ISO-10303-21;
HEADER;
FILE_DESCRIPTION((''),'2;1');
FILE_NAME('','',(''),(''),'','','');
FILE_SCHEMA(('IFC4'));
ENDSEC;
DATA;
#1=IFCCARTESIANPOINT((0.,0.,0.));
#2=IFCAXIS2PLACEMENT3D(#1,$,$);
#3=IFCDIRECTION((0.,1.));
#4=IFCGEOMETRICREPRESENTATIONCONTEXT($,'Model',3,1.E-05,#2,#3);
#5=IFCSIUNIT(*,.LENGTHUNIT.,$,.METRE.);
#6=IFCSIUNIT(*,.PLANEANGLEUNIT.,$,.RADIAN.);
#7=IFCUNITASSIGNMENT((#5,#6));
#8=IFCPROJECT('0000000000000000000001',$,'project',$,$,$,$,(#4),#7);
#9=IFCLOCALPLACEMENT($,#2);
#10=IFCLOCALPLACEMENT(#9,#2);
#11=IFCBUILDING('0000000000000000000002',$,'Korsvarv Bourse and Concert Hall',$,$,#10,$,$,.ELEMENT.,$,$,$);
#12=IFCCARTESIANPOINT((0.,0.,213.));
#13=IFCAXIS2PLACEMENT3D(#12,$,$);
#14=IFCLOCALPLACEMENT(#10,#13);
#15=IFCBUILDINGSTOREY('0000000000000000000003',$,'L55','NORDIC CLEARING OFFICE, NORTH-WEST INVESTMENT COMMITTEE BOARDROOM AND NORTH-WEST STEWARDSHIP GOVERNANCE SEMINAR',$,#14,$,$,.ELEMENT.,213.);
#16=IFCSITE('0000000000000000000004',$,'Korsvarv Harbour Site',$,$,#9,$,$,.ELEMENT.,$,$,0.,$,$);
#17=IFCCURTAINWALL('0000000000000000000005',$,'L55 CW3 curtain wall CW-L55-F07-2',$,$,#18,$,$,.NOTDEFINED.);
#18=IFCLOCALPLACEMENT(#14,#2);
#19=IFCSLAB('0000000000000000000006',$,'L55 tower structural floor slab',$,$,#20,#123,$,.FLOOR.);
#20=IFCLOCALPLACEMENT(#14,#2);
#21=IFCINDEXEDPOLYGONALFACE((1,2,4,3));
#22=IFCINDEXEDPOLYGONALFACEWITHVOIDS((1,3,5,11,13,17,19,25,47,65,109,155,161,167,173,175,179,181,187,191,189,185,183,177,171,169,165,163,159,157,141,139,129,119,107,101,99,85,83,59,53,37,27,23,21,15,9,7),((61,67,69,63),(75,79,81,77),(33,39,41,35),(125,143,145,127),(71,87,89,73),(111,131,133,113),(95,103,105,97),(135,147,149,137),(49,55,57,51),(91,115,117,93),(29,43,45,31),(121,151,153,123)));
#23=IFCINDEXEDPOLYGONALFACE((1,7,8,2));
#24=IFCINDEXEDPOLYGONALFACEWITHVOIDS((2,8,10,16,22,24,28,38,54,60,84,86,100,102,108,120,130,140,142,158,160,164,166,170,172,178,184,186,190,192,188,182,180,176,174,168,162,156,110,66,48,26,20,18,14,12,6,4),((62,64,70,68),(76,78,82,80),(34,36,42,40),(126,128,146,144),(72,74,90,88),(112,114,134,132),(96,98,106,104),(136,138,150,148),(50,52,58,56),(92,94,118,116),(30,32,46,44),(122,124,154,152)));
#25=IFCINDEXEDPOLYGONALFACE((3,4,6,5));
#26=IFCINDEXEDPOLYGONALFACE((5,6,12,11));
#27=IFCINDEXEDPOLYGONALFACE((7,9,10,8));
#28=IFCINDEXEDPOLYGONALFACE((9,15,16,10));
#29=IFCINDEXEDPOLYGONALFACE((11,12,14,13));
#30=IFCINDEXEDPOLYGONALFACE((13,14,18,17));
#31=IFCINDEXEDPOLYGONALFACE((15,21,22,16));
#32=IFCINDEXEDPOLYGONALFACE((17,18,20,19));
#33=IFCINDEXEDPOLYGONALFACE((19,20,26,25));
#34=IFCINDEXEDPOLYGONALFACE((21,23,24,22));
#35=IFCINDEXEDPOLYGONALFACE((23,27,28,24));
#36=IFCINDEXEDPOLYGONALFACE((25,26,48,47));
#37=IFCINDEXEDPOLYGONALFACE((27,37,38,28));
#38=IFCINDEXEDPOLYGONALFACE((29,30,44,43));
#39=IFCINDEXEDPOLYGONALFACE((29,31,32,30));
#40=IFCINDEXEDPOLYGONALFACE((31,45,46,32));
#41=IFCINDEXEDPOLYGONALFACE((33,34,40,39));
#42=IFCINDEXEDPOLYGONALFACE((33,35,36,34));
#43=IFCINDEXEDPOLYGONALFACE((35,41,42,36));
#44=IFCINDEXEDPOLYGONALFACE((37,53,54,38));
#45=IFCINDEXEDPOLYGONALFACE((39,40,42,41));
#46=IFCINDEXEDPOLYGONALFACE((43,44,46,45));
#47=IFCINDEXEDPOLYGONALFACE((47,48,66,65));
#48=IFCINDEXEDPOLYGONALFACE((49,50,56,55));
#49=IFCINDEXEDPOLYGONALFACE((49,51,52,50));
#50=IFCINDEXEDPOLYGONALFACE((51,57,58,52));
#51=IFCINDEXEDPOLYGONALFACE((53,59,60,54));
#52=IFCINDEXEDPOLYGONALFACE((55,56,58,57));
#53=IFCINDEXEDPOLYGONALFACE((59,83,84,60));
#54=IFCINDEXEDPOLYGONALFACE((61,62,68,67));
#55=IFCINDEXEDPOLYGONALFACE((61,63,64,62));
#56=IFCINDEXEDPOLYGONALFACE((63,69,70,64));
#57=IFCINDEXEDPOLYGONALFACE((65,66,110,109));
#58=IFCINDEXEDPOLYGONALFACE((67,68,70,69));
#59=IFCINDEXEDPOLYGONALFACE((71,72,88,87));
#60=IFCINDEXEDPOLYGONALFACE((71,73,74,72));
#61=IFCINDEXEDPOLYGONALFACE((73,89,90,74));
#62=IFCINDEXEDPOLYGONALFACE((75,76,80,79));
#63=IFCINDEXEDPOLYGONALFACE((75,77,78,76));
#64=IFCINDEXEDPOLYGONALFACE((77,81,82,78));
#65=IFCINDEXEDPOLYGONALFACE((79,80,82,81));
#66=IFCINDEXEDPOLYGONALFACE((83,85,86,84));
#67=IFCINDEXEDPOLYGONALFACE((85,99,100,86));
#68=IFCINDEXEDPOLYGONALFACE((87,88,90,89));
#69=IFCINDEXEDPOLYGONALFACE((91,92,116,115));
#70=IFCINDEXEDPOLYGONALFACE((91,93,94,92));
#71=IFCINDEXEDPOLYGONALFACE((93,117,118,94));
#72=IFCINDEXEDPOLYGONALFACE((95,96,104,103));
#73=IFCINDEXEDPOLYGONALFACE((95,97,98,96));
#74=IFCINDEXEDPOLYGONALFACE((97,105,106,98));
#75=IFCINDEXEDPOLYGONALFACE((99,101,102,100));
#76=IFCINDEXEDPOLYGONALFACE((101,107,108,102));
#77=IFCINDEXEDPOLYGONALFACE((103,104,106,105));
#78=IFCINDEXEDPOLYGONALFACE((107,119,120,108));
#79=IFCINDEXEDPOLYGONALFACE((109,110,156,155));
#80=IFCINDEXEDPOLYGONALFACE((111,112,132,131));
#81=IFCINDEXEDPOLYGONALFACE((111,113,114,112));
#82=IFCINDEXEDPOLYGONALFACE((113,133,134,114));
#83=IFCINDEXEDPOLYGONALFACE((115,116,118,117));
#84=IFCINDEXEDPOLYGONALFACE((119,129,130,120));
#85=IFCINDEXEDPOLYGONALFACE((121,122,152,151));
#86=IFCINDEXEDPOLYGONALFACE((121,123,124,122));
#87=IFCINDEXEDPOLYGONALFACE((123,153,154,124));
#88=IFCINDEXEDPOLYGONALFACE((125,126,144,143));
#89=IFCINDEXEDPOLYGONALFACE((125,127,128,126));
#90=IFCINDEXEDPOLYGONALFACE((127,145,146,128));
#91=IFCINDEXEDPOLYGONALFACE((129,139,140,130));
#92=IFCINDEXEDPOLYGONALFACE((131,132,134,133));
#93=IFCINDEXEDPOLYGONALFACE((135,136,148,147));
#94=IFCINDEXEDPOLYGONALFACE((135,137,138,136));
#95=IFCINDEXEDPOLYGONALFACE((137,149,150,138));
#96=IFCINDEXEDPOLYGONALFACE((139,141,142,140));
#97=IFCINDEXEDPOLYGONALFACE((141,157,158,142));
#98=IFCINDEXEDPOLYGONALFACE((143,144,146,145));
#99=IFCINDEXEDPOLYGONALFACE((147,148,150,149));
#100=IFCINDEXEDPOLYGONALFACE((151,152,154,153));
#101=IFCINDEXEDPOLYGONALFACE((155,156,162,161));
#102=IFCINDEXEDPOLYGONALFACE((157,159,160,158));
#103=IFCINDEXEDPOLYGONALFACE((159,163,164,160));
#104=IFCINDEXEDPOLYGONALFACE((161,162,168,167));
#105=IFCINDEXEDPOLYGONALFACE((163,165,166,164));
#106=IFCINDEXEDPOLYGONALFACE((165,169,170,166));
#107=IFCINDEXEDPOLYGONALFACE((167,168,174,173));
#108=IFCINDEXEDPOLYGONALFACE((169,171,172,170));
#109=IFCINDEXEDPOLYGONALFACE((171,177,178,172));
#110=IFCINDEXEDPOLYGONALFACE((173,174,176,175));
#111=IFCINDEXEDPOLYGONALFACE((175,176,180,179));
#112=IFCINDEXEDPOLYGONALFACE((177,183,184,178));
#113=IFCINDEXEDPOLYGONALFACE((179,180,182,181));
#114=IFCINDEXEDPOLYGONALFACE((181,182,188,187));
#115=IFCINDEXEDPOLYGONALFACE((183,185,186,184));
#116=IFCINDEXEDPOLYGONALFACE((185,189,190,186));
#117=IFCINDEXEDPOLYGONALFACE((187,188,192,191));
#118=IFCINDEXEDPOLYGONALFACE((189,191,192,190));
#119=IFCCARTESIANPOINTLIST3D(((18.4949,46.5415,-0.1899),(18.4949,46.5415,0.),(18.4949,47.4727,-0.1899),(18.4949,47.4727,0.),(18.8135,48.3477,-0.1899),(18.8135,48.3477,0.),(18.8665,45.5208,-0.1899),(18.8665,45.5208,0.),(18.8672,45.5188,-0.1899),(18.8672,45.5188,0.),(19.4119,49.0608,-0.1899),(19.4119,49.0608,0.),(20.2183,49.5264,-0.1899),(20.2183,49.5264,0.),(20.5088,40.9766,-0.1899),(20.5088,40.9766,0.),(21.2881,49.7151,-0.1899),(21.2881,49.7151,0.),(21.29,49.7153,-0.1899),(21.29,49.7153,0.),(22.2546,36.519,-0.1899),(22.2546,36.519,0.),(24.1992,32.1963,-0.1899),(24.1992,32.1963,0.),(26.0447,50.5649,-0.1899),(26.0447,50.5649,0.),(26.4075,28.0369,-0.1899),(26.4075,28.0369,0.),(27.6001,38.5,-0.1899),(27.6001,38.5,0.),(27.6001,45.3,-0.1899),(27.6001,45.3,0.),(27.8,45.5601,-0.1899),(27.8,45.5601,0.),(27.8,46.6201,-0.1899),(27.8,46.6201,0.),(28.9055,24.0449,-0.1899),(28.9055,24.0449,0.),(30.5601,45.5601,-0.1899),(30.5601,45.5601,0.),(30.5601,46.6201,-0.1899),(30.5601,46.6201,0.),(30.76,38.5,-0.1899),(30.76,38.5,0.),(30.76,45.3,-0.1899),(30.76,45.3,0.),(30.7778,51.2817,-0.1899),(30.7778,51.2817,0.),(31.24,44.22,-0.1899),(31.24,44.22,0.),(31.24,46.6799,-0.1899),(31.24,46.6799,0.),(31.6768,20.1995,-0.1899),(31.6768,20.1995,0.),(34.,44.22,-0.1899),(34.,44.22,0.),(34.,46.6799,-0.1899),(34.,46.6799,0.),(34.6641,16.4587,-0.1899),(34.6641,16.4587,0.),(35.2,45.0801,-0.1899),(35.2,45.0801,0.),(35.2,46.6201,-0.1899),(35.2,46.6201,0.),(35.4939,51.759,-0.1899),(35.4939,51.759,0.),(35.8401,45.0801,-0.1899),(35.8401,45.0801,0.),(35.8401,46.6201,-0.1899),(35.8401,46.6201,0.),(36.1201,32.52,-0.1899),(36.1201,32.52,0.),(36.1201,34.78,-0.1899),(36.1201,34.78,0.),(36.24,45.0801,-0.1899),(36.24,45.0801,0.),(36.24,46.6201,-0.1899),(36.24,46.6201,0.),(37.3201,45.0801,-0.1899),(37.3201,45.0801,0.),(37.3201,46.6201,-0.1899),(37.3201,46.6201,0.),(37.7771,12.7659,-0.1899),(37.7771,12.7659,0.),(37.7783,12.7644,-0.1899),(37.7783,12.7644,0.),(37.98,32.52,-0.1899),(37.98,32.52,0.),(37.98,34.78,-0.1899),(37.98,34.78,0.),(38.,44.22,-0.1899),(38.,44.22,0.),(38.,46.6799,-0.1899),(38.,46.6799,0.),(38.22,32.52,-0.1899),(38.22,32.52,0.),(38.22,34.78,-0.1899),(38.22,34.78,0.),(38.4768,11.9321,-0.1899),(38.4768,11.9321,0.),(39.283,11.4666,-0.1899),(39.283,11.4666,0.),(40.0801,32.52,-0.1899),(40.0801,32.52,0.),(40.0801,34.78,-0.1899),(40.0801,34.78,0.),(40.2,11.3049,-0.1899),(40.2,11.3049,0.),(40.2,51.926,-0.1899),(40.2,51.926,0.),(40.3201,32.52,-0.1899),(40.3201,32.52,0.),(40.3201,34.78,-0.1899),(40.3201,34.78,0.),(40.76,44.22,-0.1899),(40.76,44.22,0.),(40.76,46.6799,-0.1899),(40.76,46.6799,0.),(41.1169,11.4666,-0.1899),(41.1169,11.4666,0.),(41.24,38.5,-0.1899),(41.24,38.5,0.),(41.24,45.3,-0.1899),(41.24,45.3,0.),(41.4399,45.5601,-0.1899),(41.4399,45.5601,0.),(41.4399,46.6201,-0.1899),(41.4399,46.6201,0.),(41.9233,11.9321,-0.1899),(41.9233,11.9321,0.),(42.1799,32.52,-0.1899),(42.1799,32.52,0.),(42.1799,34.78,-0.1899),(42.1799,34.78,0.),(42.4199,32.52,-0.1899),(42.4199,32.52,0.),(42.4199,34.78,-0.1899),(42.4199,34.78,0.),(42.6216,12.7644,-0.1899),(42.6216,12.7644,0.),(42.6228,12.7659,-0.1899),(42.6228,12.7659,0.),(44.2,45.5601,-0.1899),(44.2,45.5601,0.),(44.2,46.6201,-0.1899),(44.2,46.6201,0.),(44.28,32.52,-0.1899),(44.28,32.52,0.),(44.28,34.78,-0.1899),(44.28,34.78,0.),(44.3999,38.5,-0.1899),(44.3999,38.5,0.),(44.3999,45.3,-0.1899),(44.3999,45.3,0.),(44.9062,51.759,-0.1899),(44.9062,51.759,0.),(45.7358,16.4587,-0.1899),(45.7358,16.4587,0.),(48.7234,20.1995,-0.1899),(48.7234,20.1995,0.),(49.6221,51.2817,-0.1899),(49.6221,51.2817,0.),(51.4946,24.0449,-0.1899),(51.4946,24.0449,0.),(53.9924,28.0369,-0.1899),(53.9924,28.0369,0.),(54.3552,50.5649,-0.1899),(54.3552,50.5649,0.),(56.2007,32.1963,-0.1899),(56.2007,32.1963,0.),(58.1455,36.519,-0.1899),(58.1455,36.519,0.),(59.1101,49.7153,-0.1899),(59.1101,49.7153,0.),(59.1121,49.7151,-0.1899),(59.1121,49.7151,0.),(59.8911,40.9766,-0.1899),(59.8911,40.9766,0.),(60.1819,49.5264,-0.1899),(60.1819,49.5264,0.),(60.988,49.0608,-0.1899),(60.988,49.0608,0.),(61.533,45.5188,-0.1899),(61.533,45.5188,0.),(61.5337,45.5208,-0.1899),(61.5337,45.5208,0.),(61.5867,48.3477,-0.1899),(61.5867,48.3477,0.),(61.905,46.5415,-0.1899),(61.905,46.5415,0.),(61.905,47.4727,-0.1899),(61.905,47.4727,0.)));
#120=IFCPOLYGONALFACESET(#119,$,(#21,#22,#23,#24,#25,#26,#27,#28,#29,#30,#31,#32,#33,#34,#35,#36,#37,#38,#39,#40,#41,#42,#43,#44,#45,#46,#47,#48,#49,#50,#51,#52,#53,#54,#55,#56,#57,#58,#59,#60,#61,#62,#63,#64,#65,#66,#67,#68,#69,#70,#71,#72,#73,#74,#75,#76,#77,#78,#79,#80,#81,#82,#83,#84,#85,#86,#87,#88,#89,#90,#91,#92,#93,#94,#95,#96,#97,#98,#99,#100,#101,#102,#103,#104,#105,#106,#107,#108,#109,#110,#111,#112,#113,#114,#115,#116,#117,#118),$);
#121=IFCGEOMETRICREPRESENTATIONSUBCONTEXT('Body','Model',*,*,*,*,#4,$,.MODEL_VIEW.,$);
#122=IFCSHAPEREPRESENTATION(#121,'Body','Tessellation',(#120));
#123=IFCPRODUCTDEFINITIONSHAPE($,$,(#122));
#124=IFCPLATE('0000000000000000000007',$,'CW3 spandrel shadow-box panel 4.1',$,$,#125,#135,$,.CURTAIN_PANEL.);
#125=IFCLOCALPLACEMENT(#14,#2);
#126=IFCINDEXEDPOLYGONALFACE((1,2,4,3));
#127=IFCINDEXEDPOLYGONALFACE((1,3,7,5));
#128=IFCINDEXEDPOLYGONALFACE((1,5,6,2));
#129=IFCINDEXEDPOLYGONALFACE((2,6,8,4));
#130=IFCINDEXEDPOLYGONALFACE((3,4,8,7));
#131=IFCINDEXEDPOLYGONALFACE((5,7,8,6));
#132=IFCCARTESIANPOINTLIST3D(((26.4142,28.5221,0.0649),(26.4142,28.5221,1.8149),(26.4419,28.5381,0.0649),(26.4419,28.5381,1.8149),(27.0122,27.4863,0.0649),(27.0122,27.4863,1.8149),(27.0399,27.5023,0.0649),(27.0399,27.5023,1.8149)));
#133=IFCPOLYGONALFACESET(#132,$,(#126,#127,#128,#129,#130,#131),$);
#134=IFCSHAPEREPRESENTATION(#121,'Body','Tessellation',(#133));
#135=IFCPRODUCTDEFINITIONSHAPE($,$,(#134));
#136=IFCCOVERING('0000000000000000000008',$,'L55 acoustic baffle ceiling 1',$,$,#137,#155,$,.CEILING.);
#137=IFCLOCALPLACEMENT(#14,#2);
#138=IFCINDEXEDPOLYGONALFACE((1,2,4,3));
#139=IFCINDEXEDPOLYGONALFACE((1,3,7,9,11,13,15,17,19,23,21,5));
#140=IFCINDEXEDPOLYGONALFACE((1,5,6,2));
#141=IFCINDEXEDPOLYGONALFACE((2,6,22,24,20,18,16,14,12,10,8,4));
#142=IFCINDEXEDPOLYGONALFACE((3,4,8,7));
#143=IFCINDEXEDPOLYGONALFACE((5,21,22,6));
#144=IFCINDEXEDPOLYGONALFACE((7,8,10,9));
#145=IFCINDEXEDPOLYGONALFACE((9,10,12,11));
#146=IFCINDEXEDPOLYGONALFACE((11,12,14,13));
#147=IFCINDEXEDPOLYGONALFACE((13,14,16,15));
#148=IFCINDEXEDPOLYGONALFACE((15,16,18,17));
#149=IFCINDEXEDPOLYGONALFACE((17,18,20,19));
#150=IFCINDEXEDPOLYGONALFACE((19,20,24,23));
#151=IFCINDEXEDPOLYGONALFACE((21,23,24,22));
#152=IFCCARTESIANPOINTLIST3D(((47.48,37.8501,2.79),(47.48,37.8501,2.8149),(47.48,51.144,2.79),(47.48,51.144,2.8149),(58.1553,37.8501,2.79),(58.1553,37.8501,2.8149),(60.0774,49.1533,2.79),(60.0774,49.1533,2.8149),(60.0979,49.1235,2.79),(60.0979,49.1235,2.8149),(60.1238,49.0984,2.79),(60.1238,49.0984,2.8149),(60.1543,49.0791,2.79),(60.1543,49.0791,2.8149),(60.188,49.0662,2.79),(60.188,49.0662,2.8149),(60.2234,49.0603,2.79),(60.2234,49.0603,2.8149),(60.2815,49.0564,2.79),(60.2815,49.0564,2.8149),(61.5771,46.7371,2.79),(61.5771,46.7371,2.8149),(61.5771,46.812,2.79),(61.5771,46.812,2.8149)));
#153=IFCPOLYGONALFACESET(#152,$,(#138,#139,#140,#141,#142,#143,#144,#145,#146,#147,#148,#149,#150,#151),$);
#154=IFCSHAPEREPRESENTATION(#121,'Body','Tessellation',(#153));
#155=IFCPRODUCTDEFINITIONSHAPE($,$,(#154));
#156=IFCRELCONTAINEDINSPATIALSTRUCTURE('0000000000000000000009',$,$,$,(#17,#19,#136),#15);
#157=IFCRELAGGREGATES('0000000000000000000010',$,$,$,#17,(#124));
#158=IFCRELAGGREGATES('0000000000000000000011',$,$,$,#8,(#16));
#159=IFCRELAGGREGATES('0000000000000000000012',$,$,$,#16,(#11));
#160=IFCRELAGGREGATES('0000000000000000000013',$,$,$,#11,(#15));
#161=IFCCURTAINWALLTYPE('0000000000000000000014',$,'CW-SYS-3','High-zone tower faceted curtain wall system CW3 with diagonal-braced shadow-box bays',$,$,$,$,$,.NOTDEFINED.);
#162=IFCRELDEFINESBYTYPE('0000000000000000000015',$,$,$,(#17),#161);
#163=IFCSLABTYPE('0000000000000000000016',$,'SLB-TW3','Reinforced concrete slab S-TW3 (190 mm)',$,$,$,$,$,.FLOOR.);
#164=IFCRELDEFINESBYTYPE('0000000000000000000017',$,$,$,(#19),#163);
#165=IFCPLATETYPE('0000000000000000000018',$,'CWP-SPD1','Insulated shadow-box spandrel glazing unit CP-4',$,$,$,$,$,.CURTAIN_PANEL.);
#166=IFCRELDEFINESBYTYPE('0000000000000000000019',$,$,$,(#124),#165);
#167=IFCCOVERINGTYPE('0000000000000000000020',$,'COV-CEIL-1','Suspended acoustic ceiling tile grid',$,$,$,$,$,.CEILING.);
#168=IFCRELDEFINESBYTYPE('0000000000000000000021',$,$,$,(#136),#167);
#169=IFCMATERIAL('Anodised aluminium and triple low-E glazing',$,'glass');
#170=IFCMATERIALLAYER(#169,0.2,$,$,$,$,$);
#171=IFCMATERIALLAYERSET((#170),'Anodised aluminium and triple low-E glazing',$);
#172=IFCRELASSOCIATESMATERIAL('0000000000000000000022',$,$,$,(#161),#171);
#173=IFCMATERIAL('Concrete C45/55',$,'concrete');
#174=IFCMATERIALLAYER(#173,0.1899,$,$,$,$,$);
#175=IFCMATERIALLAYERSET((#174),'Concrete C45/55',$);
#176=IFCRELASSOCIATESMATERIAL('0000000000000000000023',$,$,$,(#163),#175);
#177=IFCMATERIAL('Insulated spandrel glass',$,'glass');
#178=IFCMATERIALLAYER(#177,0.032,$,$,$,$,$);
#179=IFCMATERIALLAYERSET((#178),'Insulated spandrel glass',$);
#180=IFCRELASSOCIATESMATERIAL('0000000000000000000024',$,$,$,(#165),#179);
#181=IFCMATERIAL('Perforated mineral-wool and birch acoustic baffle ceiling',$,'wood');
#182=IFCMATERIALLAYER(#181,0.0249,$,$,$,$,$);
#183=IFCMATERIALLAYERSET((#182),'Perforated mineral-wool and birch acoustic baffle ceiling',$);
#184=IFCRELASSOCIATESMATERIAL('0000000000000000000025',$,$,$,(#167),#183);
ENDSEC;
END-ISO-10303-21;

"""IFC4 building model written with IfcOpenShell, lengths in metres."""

from ifc_helpers import new_model, si_unit, direction, frame, origin, origin_2d, place, context, subcontext, project, spatial, polyline, rectangle, outline, extrude, source, transform, mapped, material, layer, layer_set, type_object, element, aggregate, save


model = new_model("IFC4")

# Units and contexts
model_context = context("Model", 3, precision=1e-05, world=origin(), true_north=direction((0.0, 1.0)))
body_context = subcontext(model_context, "Body", "Model", "MODEL_VIEW")
ifc_project = project(units=[si_unit("LENGTHUNIT", "METRE"), si_unit("PLANEANGLEUNIT", "RADIAN")], contexts=[model_context])

# Site, building, storey
site_placement = place(None, origin())
site = spatial("IfcSite", under=ifc_project, at=site_placement, Name="Korsvarv Harbour Site", CompositionType="ELEMENT", RefElevation=0.0)
building_placement = place(site_placement, origin())
building = spatial("IfcBuilding", under=site, at=building_placement, Name="Korsvarv Bourse and Concert Hall", CompositionType="ELEMENT")
storey_placement = place(building_placement, frame((0.0, 0.0, 213.0)))
storey = spatial("IfcBuildingStorey", under=building, at=storey_placement, Name="L55", Description="NORDIC CLEARING OFFICE, NORTH-WEST INVESTMENT COMMITTEE BOARDROOM AND NORTH-WEST STEWARDSHIP GOVERNANCE SEMINAR", CompositionType="ELEMENT", Elevation=213.0)

# Curtain wall
ifc_material_1 = material(Name="Anodised aluminium and triple low-E glazing", Category="glass")
ifc_layer_1 = layer(ifc_material_1, 0.2)
ifc_layer_set_1 = layer_set([ifc_layer_1], Name="Anodised aluminium and triple low-E glazing")
curtain_wall_type = type_object("IfcCurtainWallType", Name="CW-SYS-3", Description="High-zone tower faceted curtain wall system CW3 with diagonal-braced shadow-box bays", PredefinedType="NOTDEFINED", material=ifc_layer_set_1)
curtain_wall_placement = place(storey_placement, origin())
curtain_wall = element("IfcCurtainWall", 1, at=curtain_wall_placement, inside=storey, type_object=curtain_wall_type, Name="L55 CW3 curtain wall CW-L55-F07-2", PredefinedType="NOTDEFINED")

# Slab
ifc_material_2 = material(Name="Concrete C45/55", Category="concrete")
ifc_layer_2 = layer(ifc_material_2, 0.1899)
ifc_layer_set_2 = layer_set([ifc_layer_2], Name="Concrete C45/55")
slab_type_1 = type_object("IfcSlabType", Name="SLB-TW3", Description="Reinforced concrete slab S-TW3 (190 mm)", PredefinedType="FLOOR", material=ifc_layer_set_2)
slab_1_placement = place(storey_placement, frame((0.0, 0.0, -0.1899)))
element("IfcSlab", 2, at=slab_1_placement, inside=storey, type_object=slab_type_1, Name="L55 tower structural floor slab", PredefinedType="FLOOR", context=body_context, shape_type="SweptSolid", body=[
    extrude(outline(polyline([(61.533, 45.5188), (59.8911, 40.9766), (58.1455, 36.519), (56.2007, 32.1963), (53.9924, 28.0369), (51.4946, 24.0449), (48.7234, 20.1995), (45.7358, 16.4587), (42.6228, 12.7659), (42.6216, 12.7644), (41.9233, 11.9321), (41.1169, 11.4666), (40.2, 11.3049), (39.283, 11.4666), (38.4768, 11.9321), (37.7783, 12.7644), (37.7771, 12.7659), (34.6641, 16.4587), (31.6768, 20.1995), (28.9055, 24.0449), (26.4075, 28.0369), (24.1992, 32.1963), (22.2546, 36.519), (20.5088, 40.9766), (18.8672, 45.5188), (18.8665, 45.5208), (18.4949, 46.5415), (18.4949, 47.4727), (18.8135, 48.3477), (19.4119, 49.0608), (20.2183, 49.5264), (21.2881, 49.7151), (21.29, 49.7153), (26.0447, 50.5649), (30.7778, 51.2817), (35.4939, 51.759), (40.2, 51.926), (44.9062, 51.759), (49.6221, 51.2817), (54.3552, 50.5649), (59.1101, 49.7153), (59.1121, 49.7151), (60.1819, 49.5264), (60.988, 49.0608), (61.5867, 48.3477), (61.905, 47.4727), (61.905, 46.5415), (61.5337, 45.5208), (61.533, 45.5188)]), holes=[polyline([(30.76, 38.5), (30.76, 45.3), (27.6001, 45.3), (27.6001, 38.5), (30.76, 38.5)]), polyline([(44.3999, 38.5), (44.3999, 45.3), (41.24, 45.3), (41.24, 38.5), (44.3999, 38.5)]), polyline([(31.24, 44.22), (34.0, 44.22), (34.0, 46.6799), (31.24, 46.6799), (31.24, 44.22)]), polyline([(38.0, 44.22), (40.76, 44.22), (40.76, 46.6799), (38.0, 46.6799), (38.0, 44.22)]), polyline([(36.1201, 32.52), (37.98, 32.52), (37.98, 34.78), (36.1201, 34.78), (36.1201, 32.52)]), polyline([(38.22, 32.52), (40.0801, 32.52), (40.0801, 34.78), (38.22, 34.78), (38.22, 32.52)]), polyline([(40.3201, 32.52), (42.1799, 32.52), (42.1799, 34.78), (40.3201, 34.78), (40.3201, 32.52)]), polyline([(42.4199, 32.52), (44.28, 32.52), (44.28, 34.78), (42.4199, 34.78), (42.4199, 32.52)]), polyline([(27.8, 45.5601), (30.5601, 45.5601), (30.5601, 46.6201), (27.8, 46.6201), (27.8, 45.5601)]), polyline([(41.4399, 45.5601), (44.2, 45.5601), (44.2, 46.6201), (41.4399, 46.6201), (41.4399, 45.5601)]), polyline([(35.2, 45.0801), (35.8401, 45.0801), (35.8401, 46.6201), (35.2, 46.6201), (35.2, 45.0801)]), polyline([(36.24, 45.0801), (37.3201, 45.0801), (37.3201, 46.6201), (36.24, 46.6201), (36.24, 45.0801)])]), origin(), (0.0, 0.0, 1.0), 0.1899),
])

# Plate
ifc_material_3 = material(Name="Insulated spandrel glass", Category="glass")
ifc_layer_3 = layer(ifc_material_3, 0.032)
ifc_layer_set_3 = layer_set([ifc_layer_3], Name="Insulated spandrel glass")
plate_type = type_object("IfcPlateType", Name="CWP-SPD1", Description="Insulated shadow-box spandrel glazing unit CP-4", PredefinedType="CURTAIN_PANEL", material=ifc_layer_set_3)
shared_shape_1 = source(origin(), body_context, "Body", "SweptSolid", [
    extrude(rectangle(XDim=1.196, YDim=0.032, at=origin_2d()), origin(), (0.0, 0.0, 1.0), 1.75),
])
plate_placement = place(storey_placement, frame((26.7271, 28.0122, 0.0649), z_axis=(0.0, 0.0, 1.0), x_axis=(0.499999, -0.866026, 0.0)))
plate = element("IfcPlate", 3, at=plate_placement, type_object=plate_type, Name="CW3 spandrel shadow-box panel 4.1", PredefinedType="CURTAIN_PANEL", context=body_context, shape_type="MappedRepresentation", body=[
    mapped(shared_shape_1, transform((0.0, 0.0, 0.0), scale=1.0)),
])
aggregate(curtain_wall, [plate])

# Covering
ifc_material_4 = material(Name="Perforated mineral-wool and birch acoustic baffle ceiling", Category="wood")
ifc_layer_4 = layer(ifc_material_4, 0.0249)
ifc_layer_set_4 = layer_set([ifc_layer_4], Name="Perforated mineral-wool and birch acoustic baffle ceiling")
covering_type_1 = type_object("IfcCoveringType", Name="COV-CEIL-1", Description="Suspended acoustic ceiling tile grid", PredefinedType="CEILING", material=ifc_layer_set_4)
covering_1_placement = place(storey_placement, frame((0.0, 0.0, 2.79)))
element("IfcCovering", 4, at=covering_1_placement, inside=storey, type_object=covering_type_1, Name="L55 acoustic baffle ceiling 1", PredefinedType="CEILING", context=body_context, shape_type="SweptSolid", body=[
    extrude(outline(polyline([(60.0774, 49.1533), (60.0979, 49.1235), (60.1238, 49.0984), (60.1543, 49.0791), (60.188, 49.0662), (60.2234, 49.0603), (60.2815, 49.0564), (61.5771, 46.812), (61.5771, 46.7371), (58.1553, 37.8501), (47.48, 37.8501), (47.48, 51.144), (60.0774, 49.1533)])), origin(), (0.0, 0.0, 1.0), 0.0249),
])

save(model, "model.ifc")
